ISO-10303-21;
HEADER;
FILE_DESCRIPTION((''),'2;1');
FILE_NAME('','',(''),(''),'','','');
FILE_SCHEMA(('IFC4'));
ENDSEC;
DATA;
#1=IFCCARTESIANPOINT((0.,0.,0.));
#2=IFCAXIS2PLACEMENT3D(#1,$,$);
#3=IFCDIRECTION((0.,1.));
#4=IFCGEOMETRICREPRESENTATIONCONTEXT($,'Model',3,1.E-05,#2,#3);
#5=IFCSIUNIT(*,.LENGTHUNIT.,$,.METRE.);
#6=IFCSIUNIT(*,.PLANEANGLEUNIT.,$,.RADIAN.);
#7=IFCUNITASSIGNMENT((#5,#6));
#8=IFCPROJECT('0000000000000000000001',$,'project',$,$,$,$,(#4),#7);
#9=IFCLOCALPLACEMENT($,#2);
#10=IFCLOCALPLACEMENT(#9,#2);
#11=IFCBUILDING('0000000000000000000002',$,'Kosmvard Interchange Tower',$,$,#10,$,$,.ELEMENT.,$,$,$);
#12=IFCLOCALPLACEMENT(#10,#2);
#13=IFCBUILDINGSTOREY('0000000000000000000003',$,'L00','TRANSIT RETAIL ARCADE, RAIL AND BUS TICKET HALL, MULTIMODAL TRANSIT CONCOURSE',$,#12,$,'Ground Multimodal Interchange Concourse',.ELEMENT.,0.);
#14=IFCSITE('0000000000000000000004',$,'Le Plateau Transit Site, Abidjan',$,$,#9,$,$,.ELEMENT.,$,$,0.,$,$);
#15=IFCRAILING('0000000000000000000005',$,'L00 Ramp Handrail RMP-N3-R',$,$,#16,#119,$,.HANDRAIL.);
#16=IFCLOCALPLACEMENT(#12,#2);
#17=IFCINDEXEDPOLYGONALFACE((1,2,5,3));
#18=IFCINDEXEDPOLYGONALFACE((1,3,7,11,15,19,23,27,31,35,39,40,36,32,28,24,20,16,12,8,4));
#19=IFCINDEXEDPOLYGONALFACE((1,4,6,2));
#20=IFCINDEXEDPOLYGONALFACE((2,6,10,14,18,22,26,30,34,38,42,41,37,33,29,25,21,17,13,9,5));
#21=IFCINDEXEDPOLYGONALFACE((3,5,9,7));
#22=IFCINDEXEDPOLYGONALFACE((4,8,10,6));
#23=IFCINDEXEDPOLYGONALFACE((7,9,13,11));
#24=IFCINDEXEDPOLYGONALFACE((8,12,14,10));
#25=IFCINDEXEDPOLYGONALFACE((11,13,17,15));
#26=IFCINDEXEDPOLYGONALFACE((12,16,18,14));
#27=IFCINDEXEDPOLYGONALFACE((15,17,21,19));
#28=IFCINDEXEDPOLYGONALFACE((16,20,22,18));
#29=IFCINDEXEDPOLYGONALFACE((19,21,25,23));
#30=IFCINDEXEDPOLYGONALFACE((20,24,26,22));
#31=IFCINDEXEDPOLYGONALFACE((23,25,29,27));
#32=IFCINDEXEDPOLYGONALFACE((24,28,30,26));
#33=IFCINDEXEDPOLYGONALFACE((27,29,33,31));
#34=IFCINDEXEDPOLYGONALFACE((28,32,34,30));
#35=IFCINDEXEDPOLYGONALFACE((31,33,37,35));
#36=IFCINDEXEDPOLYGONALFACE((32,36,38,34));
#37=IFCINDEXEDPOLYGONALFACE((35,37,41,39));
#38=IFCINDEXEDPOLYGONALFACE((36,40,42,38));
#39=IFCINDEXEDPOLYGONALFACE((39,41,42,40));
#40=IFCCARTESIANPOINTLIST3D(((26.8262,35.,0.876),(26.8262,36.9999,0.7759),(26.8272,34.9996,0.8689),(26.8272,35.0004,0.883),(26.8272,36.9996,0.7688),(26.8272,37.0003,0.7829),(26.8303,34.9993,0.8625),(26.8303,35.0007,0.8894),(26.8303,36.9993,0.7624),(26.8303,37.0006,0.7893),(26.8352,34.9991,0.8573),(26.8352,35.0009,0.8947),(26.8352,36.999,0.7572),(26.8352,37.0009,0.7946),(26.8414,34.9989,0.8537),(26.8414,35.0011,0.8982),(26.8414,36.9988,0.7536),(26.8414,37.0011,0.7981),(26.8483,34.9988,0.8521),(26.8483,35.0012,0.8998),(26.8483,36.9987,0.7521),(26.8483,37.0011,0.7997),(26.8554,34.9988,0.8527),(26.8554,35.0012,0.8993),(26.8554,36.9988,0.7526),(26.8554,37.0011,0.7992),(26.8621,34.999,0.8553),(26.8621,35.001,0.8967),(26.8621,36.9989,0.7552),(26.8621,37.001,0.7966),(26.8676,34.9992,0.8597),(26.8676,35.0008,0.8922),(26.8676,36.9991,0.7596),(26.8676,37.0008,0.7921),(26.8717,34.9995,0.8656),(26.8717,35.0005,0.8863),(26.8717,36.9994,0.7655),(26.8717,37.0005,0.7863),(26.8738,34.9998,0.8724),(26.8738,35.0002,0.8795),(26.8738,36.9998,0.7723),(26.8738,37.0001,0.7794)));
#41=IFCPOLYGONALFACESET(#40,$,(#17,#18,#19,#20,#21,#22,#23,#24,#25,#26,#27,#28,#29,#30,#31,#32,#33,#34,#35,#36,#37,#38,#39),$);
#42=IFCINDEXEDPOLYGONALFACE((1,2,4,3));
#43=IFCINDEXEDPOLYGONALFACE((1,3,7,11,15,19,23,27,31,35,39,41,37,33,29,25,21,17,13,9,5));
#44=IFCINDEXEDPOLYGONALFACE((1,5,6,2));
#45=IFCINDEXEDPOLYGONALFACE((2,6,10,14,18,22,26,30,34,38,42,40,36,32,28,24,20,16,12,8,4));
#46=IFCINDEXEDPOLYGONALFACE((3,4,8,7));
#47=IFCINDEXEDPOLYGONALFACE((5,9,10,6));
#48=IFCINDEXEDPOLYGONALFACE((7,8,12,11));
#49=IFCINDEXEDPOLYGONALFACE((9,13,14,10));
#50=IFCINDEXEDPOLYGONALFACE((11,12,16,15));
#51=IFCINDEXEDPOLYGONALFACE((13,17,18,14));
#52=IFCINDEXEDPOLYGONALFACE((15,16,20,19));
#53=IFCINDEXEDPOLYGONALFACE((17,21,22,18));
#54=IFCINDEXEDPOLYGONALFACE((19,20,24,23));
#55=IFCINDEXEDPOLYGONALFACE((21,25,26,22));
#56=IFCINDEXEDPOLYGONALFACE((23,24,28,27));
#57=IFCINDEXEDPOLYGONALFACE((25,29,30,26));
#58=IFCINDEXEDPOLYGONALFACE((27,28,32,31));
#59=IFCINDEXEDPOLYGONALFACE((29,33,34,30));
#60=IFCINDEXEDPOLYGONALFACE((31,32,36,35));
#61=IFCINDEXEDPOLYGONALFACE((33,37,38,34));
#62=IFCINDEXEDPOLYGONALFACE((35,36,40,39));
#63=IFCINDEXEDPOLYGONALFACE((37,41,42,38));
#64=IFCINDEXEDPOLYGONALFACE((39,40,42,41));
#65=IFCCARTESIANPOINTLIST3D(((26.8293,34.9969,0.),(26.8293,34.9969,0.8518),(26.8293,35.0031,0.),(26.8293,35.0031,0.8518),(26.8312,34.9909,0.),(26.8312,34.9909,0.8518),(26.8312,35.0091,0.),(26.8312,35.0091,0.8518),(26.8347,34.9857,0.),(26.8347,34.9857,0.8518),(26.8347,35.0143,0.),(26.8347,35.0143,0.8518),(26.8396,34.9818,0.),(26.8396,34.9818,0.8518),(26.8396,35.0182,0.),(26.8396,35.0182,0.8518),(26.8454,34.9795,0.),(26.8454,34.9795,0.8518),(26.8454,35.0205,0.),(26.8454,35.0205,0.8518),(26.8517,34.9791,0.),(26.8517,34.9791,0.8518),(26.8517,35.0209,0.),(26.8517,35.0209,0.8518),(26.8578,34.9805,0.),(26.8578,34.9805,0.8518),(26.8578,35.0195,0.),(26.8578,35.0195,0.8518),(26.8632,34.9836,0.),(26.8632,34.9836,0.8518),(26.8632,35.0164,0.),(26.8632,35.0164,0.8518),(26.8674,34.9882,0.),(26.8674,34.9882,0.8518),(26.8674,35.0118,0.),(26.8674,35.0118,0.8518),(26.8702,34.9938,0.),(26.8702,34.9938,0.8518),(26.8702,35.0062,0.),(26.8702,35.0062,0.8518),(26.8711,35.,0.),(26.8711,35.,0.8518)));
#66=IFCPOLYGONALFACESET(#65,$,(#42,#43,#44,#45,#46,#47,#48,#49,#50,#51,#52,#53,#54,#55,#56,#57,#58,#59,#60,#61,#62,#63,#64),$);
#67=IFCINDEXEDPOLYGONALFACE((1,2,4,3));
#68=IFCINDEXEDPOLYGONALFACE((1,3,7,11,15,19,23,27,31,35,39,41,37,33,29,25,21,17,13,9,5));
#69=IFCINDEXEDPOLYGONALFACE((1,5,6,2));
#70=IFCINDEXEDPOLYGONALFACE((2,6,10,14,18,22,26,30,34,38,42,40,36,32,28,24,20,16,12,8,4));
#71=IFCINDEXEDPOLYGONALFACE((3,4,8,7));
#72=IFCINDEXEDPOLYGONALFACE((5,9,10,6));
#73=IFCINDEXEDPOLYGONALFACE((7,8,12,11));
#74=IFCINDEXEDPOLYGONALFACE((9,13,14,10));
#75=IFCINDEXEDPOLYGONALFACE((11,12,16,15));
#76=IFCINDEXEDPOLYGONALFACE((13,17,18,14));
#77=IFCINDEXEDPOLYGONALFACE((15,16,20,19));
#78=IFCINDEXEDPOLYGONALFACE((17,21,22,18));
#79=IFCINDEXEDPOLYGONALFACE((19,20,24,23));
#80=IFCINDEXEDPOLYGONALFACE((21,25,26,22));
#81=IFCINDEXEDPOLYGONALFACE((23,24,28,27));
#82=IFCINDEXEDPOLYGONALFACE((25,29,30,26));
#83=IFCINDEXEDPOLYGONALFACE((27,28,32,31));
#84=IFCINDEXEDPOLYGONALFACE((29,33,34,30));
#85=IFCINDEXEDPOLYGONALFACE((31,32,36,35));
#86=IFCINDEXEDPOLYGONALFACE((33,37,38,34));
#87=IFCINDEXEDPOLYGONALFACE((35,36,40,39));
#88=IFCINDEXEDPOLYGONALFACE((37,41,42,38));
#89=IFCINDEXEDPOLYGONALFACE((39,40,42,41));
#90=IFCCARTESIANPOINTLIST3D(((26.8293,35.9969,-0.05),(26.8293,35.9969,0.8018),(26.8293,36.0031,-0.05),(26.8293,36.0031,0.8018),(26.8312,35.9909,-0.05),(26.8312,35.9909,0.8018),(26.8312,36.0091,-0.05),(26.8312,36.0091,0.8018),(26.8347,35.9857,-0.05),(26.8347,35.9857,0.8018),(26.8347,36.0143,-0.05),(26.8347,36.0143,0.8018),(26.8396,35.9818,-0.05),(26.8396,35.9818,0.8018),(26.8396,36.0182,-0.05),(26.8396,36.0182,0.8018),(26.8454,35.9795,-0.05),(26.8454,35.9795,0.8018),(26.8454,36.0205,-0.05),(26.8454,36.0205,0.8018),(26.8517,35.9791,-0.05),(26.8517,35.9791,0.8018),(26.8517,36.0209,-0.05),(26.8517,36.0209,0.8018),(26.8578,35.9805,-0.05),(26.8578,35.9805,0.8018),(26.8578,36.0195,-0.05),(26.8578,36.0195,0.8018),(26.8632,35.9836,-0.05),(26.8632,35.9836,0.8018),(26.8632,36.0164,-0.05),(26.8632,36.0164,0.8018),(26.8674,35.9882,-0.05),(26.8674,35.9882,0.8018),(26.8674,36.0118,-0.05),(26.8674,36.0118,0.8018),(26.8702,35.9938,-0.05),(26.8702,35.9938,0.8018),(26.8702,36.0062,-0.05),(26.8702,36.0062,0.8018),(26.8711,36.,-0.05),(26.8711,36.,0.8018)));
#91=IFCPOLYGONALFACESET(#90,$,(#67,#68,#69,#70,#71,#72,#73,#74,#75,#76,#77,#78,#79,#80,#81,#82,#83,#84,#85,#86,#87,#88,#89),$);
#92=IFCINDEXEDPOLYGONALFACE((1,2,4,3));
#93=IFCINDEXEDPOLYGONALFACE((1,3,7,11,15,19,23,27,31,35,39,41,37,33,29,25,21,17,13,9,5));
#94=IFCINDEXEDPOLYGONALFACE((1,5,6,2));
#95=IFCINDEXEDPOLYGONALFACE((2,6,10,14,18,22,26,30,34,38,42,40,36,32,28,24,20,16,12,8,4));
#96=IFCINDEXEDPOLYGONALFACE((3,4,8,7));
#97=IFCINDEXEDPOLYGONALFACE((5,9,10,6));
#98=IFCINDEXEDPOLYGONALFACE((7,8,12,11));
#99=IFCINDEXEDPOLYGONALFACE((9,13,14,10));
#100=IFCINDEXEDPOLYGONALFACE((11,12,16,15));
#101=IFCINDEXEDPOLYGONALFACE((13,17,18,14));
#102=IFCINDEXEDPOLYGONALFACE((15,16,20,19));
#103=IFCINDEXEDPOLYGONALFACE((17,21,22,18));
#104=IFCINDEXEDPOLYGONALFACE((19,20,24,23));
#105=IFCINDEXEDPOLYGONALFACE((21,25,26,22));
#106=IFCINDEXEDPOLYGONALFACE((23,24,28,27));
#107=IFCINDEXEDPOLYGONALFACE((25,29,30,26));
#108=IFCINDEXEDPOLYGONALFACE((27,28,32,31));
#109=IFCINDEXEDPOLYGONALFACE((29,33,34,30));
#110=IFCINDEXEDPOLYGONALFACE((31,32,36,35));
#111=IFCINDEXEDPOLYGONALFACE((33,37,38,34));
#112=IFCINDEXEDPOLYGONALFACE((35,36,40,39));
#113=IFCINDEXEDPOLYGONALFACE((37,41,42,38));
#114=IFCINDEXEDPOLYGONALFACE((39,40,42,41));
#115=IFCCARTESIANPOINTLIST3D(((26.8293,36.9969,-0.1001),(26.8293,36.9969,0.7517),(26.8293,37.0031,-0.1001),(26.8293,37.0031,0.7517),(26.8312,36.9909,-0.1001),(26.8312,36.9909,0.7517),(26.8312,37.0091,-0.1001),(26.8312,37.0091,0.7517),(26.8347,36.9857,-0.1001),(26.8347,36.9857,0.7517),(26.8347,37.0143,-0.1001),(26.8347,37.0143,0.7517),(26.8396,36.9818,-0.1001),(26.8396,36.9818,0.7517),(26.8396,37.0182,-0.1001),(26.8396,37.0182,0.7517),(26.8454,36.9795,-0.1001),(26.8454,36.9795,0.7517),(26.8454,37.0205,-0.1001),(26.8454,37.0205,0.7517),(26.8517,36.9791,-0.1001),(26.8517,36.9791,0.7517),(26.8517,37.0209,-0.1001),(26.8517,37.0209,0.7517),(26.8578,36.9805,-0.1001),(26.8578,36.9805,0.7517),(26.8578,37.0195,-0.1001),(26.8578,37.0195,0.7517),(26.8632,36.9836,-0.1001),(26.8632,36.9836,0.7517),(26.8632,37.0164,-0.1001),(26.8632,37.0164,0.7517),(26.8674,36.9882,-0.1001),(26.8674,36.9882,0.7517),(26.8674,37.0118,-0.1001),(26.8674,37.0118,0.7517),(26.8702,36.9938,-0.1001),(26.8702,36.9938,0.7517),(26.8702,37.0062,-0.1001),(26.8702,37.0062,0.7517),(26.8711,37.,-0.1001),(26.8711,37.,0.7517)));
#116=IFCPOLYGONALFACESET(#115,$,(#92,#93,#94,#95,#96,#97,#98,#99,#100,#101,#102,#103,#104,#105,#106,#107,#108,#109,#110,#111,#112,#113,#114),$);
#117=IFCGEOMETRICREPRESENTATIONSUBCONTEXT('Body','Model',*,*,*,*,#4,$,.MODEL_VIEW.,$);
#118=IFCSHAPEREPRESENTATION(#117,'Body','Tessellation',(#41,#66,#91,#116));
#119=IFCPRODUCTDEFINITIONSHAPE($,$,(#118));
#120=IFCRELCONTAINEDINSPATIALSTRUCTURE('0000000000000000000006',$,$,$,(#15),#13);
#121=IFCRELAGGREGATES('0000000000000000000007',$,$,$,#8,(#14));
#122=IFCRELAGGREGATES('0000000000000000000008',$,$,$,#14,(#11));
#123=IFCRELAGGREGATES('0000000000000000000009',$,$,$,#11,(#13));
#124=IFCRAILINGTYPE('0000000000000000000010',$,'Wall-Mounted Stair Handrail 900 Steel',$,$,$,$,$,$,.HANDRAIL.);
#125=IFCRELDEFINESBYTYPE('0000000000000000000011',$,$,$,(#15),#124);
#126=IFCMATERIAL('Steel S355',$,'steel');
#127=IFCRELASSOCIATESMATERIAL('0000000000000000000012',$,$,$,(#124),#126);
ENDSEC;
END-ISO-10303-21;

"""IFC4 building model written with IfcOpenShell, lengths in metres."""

from ifc_helpers import new_model, si_unit, direction, frame, origin, origin_2d, place, context, subcontext, project, spatial, circle, extrude, source, transform, mapped, material, type_object, element, save


model = new_model("IFC4")

# Units and contexts
model_context = context("Model", 3, precision=1e-05, world=origin(), true_north=direction((0.0, 1.0)))
body_context = subcontext(model_context, "Body", "Model", "MODEL_VIEW")
ifc_project = project(units=[si_unit("LENGTHUNIT", "METRE"), si_unit("PLANEANGLEUNIT", "RADIAN")], contexts=[model_context])

# Site, building, storey
site_placement = place(None, origin())
site = spatial("IfcSite", under=ifc_project, at=site_placement, Name="Le Plateau Transit Site, Abidjan", CompositionType="ELEMENT", RefElevation=0.0)
building_placement = place(site_placement, origin())
building = spatial("IfcBuilding", under=site, at=building_placement, Name="Kosmvard Interchange Tower", CompositionType="ELEMENT")
storey_placement = place(building_placement, origin())
storey = spatial("IfcBuildingStorey", under=building, at=storey_placement, Name="L00", Description="TRANSIT RETAIL ARCADE, RAIL AND BUS TICKET HALL, MULTIMODAL TRANSIT CONCOURSE", LongName="Ground Multimodal Interchange Concourse", CompositionType="ELEMENT", Elevation=0.0)

# Shared definitions
ifc_material_1 = material(Name="Steel S355", Category="steel")

# Railing
railing_type = type_object("IfcRailingType", Name="Wall-Mounted Stair Handrail 900 Steel", PredefinedType="HANDRAIL", material=ifc_material_1)
shared_shape_1 = source(origin(), body_context, "Body", "SweptSolid", [
    extrude(circle(Radius=0.0239, at=origin_2d()), frame((0.0, 0.0, 0.876), z_axis=(0.0, 0.99875, -0.049986), x_axis=(-1.0, 0.0, 0.0)), (0.0, 0.0, 1.0), 2.0024),
    extrude(circle(Radius=0.021, at=origin_2d()), origin(), (0.0, 0.0, 1.0), 0.8518),
    extrude(circle(Radius=0.021, at=origin_2d()), frame((0.0, 1.0, -0.05)), (0.0, 0.0, 1.0), 0.8518),
    extrude(circle(Radius=0.021, at=origin_2d()), frame((0.0, 2.0, -0.1001)), (0.0, 0.0, 1.0), 0.8518),
])
for number, where, name in (
    (1, (26.8501, 35.0, 0.0), "L00 Ramp Handrail RMP-N3-R"),
):
    element("IfcRailing", number, at=place(storey_placement, frame(where)), inside=storey, type_object=railing_type, Name=name, PredefinedType="HANDRAIL", context=body_context, shape_type="MappedRepresentation", body=[
        mapped(shared_shape_1, transform((0.0, 0.0, 0.0), scale=1.0)),
    ])

save(model, "model.ifc")
